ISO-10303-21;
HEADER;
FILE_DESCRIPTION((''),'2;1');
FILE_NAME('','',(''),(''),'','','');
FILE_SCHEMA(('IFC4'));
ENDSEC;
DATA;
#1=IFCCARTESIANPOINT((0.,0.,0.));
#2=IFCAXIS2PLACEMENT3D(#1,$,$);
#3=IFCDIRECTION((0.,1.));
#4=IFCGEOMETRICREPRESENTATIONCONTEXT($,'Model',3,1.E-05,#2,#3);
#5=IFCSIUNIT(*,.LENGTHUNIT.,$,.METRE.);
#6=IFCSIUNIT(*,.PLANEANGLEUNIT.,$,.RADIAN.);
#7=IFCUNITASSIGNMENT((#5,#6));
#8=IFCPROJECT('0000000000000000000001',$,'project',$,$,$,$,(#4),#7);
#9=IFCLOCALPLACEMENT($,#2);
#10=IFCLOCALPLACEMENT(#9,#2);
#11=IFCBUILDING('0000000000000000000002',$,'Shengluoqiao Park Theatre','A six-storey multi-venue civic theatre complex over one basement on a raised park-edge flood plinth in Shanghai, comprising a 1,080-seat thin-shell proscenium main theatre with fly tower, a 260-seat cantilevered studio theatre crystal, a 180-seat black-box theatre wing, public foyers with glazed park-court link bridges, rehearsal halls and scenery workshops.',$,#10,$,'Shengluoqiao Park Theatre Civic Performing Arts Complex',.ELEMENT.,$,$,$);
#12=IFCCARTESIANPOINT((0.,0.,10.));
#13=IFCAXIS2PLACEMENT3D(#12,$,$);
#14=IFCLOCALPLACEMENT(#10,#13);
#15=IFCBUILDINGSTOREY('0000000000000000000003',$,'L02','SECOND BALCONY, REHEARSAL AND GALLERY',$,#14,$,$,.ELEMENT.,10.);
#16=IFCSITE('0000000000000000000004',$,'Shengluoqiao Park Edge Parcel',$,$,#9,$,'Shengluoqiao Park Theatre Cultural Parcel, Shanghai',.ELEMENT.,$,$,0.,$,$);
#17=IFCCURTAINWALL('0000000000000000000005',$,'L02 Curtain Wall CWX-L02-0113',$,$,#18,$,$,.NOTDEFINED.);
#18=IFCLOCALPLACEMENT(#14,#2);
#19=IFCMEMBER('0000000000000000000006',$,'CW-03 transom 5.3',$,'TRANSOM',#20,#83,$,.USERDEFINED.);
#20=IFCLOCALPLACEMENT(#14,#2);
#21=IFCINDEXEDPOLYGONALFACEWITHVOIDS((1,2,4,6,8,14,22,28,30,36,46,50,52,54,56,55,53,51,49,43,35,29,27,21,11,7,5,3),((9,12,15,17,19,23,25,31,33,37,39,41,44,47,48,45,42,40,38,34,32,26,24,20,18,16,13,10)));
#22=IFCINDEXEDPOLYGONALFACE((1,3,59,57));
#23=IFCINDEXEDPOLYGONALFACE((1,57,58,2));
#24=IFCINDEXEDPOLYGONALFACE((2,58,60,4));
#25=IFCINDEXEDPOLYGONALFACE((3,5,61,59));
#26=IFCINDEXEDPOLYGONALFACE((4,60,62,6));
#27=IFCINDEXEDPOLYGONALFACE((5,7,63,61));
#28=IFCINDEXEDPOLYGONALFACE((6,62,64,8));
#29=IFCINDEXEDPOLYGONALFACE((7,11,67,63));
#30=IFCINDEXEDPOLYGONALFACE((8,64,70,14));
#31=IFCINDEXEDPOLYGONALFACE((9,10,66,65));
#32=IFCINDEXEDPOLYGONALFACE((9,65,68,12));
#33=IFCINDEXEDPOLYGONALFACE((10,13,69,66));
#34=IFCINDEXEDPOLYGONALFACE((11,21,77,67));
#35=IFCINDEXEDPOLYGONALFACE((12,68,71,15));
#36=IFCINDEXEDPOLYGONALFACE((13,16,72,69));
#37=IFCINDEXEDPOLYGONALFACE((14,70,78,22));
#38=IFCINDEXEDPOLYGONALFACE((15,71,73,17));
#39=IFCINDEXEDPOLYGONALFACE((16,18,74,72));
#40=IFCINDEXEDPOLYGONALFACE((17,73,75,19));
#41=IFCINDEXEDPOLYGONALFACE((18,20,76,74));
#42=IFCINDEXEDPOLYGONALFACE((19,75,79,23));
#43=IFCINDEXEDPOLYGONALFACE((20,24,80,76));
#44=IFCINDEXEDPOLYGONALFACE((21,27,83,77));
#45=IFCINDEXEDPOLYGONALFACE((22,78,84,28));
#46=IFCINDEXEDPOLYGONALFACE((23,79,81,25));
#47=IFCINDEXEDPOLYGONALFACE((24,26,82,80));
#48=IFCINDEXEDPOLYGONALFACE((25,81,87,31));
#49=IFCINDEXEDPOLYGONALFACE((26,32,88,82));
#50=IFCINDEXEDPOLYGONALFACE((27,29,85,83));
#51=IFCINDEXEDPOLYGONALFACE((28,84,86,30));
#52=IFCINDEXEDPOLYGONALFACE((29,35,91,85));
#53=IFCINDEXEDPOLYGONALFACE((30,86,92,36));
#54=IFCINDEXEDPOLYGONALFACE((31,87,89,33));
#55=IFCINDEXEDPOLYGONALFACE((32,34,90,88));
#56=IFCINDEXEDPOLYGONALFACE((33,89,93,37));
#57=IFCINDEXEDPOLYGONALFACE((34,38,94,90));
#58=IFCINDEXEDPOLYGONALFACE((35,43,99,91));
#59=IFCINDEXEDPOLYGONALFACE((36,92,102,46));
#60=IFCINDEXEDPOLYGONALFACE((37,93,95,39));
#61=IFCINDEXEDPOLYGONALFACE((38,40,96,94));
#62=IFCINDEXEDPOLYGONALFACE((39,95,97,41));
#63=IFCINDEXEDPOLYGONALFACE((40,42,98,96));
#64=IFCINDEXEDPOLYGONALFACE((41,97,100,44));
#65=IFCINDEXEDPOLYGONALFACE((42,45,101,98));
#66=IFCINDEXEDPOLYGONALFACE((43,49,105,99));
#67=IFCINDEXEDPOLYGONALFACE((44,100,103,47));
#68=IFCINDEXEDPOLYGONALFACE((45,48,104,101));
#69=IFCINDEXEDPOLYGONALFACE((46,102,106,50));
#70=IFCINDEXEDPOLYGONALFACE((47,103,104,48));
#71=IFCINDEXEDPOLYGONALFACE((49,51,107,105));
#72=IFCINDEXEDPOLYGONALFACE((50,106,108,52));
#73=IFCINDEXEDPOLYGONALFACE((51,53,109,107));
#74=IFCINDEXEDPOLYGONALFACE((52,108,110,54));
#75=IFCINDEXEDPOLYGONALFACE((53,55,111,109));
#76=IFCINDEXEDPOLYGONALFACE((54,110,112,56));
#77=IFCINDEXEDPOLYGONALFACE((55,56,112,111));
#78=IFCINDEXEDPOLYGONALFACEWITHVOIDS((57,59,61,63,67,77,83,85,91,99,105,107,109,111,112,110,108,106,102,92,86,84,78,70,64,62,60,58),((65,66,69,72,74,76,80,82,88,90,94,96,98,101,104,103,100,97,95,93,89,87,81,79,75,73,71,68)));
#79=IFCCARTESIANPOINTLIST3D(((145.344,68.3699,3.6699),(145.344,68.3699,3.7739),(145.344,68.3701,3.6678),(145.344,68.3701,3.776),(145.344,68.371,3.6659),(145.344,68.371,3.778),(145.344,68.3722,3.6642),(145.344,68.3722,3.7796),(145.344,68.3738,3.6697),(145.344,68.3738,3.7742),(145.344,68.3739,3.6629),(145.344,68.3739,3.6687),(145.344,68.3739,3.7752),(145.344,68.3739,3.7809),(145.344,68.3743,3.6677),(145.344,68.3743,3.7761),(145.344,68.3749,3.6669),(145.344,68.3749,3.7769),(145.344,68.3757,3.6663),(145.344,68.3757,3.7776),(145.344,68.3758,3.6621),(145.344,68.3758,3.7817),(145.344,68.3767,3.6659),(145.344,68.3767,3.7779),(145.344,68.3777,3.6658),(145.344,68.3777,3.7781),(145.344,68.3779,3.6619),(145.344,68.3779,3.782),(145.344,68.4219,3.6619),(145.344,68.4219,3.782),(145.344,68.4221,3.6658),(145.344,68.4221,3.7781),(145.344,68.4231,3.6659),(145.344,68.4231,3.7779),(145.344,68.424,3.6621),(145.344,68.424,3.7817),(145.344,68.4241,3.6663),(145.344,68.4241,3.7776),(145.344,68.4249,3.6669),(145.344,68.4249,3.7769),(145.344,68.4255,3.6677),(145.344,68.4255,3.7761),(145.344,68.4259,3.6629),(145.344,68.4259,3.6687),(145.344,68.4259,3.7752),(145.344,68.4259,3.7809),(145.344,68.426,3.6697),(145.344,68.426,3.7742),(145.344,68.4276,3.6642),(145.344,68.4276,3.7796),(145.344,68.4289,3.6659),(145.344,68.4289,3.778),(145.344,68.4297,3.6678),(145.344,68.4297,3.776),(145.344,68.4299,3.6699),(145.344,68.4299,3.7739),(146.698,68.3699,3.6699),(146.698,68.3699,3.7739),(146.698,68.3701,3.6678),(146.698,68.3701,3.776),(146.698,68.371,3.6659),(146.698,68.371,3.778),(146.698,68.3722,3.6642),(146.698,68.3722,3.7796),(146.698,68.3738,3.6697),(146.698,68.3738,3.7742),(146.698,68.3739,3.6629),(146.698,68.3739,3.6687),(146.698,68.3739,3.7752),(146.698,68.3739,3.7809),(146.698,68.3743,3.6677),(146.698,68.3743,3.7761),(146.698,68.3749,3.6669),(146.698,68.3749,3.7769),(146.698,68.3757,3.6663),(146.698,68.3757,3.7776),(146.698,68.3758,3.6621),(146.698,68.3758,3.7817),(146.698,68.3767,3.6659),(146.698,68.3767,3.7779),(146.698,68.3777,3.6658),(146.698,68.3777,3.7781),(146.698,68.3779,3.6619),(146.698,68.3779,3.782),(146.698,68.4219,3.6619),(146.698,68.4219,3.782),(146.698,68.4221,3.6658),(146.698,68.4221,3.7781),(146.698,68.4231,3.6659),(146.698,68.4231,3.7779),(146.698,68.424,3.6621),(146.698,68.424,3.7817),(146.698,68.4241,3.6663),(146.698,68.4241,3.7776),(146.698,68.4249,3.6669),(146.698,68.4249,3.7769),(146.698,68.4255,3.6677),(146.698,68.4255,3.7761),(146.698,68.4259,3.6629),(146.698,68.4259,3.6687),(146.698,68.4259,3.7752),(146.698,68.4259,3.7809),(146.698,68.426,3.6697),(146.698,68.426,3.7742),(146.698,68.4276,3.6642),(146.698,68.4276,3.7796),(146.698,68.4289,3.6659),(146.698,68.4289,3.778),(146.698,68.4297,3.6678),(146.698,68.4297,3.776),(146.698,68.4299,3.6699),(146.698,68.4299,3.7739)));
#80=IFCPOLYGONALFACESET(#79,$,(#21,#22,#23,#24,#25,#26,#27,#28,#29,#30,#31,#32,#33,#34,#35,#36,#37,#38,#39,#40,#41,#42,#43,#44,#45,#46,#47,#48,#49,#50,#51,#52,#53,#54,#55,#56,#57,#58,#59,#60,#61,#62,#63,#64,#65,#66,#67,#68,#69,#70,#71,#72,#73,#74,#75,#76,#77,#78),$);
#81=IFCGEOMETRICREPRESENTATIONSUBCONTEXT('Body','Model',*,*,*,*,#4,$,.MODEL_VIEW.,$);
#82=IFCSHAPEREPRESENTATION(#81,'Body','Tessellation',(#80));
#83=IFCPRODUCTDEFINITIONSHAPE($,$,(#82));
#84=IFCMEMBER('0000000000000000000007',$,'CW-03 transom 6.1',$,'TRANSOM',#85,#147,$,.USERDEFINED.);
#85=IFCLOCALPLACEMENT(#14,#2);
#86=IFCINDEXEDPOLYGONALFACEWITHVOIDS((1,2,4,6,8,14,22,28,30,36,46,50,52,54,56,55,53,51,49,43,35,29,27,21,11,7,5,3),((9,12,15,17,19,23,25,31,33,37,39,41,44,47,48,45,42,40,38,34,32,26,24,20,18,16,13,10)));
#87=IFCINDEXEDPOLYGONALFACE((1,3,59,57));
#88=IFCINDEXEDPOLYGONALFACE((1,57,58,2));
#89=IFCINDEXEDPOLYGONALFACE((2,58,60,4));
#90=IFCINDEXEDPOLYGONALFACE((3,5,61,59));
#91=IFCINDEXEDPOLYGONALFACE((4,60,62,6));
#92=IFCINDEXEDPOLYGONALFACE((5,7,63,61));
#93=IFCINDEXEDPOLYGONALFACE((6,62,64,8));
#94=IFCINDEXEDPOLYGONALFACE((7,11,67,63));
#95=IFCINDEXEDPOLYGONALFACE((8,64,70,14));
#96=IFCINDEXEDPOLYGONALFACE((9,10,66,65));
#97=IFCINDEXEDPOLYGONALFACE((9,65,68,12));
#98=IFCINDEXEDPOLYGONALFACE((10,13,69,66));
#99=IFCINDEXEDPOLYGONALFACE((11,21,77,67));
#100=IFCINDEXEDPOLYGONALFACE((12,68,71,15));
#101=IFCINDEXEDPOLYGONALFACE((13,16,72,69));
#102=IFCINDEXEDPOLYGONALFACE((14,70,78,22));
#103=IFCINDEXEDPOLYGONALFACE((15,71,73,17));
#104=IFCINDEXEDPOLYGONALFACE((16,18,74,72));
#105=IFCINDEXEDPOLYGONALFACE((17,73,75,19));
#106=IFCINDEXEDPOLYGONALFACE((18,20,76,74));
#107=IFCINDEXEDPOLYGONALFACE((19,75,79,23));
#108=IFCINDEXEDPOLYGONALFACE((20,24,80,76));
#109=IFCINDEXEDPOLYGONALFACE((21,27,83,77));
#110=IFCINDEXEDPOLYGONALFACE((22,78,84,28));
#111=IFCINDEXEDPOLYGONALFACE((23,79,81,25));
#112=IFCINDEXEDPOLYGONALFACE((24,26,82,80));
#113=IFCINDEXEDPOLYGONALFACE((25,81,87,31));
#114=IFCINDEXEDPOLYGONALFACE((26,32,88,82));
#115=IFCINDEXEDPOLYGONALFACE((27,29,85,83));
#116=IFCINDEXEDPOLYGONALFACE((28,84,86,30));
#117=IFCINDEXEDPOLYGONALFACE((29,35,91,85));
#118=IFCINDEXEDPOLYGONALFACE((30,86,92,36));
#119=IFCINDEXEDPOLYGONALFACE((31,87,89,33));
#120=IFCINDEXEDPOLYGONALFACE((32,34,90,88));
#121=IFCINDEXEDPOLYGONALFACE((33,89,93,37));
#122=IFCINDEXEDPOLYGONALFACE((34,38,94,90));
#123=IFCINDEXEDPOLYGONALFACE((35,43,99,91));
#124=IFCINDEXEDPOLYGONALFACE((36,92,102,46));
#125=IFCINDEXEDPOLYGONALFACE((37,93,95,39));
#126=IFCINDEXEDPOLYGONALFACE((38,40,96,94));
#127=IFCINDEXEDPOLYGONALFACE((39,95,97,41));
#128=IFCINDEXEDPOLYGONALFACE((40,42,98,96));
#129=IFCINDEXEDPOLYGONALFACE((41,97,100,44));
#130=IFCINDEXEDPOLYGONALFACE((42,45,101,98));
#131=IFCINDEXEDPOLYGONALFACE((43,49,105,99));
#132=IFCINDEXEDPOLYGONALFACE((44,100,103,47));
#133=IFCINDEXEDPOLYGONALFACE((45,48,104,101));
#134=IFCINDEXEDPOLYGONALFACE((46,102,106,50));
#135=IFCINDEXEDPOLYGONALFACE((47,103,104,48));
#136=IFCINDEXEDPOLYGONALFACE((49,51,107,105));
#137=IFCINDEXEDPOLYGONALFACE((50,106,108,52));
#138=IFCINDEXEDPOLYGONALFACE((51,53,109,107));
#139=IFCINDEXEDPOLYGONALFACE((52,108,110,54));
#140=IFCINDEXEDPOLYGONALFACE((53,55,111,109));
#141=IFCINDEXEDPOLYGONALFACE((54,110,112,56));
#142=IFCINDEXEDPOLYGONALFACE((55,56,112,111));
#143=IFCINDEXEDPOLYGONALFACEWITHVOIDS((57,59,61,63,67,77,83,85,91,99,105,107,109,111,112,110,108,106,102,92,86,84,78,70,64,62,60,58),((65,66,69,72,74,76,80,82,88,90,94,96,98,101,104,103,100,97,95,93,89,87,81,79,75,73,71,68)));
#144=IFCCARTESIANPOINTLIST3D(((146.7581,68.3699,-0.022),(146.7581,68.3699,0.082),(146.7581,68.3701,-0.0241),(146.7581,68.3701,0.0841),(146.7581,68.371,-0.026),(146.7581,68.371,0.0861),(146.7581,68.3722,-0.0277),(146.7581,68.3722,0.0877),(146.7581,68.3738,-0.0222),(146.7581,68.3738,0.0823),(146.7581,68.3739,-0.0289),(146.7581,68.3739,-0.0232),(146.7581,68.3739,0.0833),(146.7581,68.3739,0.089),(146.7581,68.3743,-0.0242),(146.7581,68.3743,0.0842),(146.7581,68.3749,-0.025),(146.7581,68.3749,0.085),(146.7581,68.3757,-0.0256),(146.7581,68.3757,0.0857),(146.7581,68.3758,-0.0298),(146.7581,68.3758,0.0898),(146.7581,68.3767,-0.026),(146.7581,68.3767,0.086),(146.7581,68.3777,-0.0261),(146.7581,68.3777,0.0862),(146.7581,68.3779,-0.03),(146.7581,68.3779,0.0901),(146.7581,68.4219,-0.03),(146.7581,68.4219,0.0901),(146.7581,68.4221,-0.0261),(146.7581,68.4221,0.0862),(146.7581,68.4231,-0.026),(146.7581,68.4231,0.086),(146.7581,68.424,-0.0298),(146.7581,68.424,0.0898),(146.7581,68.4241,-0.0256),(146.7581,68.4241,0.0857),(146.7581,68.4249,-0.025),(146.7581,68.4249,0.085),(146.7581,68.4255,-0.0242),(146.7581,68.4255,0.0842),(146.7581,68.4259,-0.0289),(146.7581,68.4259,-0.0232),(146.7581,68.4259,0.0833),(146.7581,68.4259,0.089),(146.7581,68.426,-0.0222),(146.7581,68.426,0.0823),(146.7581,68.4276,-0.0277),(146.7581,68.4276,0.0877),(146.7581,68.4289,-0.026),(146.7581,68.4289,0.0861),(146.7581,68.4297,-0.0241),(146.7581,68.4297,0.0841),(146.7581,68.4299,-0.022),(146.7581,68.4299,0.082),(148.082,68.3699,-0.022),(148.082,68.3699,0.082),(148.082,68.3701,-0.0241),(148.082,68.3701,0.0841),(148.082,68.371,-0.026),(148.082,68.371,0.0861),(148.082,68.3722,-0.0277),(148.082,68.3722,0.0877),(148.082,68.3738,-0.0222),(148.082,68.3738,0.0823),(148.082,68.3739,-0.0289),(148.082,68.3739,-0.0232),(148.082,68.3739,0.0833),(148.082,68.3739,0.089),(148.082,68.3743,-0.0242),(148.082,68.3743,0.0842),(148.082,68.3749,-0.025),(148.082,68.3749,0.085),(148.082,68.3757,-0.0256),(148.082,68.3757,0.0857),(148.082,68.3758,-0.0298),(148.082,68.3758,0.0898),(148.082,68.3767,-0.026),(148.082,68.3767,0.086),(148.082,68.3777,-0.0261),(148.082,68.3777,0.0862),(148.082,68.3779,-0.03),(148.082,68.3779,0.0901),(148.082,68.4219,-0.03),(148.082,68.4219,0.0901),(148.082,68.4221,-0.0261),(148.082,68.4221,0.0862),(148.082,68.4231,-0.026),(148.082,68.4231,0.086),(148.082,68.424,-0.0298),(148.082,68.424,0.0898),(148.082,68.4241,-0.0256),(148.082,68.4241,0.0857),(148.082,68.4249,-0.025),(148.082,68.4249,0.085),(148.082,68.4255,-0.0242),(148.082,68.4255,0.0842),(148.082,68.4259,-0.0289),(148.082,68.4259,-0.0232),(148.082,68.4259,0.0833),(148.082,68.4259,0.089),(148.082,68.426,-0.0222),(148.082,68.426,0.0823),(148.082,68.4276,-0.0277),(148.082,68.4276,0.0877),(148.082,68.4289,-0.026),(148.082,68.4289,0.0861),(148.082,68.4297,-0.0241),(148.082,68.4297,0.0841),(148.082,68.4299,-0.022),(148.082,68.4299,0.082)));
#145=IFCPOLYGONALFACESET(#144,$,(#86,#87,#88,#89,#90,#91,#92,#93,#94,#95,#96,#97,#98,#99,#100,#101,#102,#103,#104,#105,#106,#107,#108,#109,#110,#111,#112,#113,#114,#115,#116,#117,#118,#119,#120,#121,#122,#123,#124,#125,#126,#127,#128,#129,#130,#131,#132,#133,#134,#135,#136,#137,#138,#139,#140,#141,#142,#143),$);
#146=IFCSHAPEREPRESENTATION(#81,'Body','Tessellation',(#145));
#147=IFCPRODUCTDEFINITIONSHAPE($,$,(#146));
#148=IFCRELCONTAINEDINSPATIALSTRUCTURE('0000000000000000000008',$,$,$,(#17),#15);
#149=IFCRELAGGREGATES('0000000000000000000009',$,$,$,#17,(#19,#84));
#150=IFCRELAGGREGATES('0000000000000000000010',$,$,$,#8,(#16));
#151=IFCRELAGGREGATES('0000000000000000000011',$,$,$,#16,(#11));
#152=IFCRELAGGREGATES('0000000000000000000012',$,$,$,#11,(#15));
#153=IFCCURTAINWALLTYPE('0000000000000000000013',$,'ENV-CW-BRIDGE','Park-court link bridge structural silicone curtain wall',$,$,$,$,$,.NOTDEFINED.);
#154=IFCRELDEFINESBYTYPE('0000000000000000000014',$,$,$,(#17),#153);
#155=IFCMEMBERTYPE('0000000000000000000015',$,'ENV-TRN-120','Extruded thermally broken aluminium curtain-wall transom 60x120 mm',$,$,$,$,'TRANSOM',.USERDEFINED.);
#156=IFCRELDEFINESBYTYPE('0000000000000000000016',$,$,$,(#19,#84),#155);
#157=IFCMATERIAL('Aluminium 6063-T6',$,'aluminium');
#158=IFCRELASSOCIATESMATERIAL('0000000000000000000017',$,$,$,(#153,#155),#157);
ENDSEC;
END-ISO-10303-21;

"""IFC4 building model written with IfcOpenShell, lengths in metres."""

from ifc_helpers import new_model, si_unit, direction, frame, origin, origin_2d, place, context, subcontext, project, spatial, hollow_rectangle, extrude, material, material_profile, profile_set, type_object, element, aggregate, save


model = new_model("IFC4")

# Units and contexts
model_context = context("Model", 3, precision=1e-05, world=origin(), true_north=direction((0.0, 1.0)))
body_context = subcontext(model_context, "Body", "Model", "MODEL_VIEW")
ifc_project = project(units=[si_unit("LENGTHUNIT", "METRE"), si_unit("PLANEANGLEUNIT", "RADIAN")], contexts=[model_context])

# Site, building, storey
site_placement = place(None, origin())
site = spatial("IfcSite", under=ifc_project, at=site_placement, Name="Shengluoqiao Park Edge Parcel", LongName="Shengluoqiao Park Theatre Cultural Parcel, Shanghai", CompositionType="ELEMENT", RefElevation=0.0)
building_placement = place(site_placement, origin())
building = spatial("IfcBuilding", under=site, at=building_placement, Name="Shengluoqiao Park Theatre", Description="A six-storey multi-venue civic theatre complex over one basement on a raised park-edge flood plinth in Shanghai, comprising a 1,080-seat thin-shell proscenium main theatre with fly tower, a 260-seat cantilevered studio theatre crystal, a 180-seat black-box theatre wing, public foyers with glazed park-court link bridges, rehearsal halls and scenery workshops.", LongName="Shengluoqiao Park Theatre Civic Performing Arts Complex", CompositionType="ELEMENT")
storey_placement = place(building_placement, frame((0.0, 0.0, 10.0)))
storey = spatial("IfcBuildingStorey", under=building, at=storey_placement, Name="L02", Description="SECOND BALCONY, REHEARSAL AND GALLERY", CompositionType="ELEMENT", Elevation=10.0)

# Curtain wall, members
ifc_material_1 = material(Name="Aluminium 6063-T6", Category="aluminium")
curtain_wall_type = type_object("IfcCurtainWallType", Name="ENV-CW-BRIDGE", Description="Park-court link bridge structural silicone curtain wall", PredefinedType="NOTDEFINED", material=ifc_material_1)
curtain_wall_placement = place(storey_placement, origin())
curtain_wall = element("IfcCurtainWall", 1, at=curtain_wall_placement, inside=storey, type_object=curtain_wall_type, Name="L02 Curtain Wall CWX-L02-0113", PredefinedType="NOTDEFINED")
ifc_material_profile_1 = material_profile(ifc_material_1, hollow_rectangle(XDim=0.0601, YDim=0.1201, WallThickness=0.0039, InnerFilletRadius=0.0039, OuterFilletRadius=0.0081, at=origin_2d()), Name="ALU TRANSOM 120x60x4")
ifc_profile_set_1 = profile_set([ifc_material_profile_1], Name="Aluminium 6063-T6")
member_type_1 = type_object("IfcMemberType", Name="ENV-TRN-120", Description="Extruded thermally broken aluminium curtain-wall transom 60x120 mm", ElementType="TRANSOM", PredefinedType="USERDEFINED", material=ifc_profile_set_1)
member_1_placement = place(storey_placement, frame((145.344, 68.3999, 3.7219), z_axis=(1.0, 0.0, 0.0), x_axis=(0.0, 1.0, 0.0)))
member_1 = element("IfcMember", 2, at=member_1_placement, type_object=member_type_1, Name="CW-03 transom 5.3", ObjectType="TRANSOM", PredefinedType="USERDEFINED", context=body_context, shape_type="SweptSolid", body=[
    extrude(hollow_rectangle(XDim=0.0601, YDim=0.1201, WallThickness=0.0039, InnerFilletRadius=0.0039, OuterFilletRadius=0.0081, at=origin_2d()), origin(), (0.0, 0.0, 1.0), 1.354),
])
member_2_placement = place(storey_placement, frame((146.7581, 68.3999, 0.03), z_axis=(1.0, 0.0, 0.0), x_axis=(0.0, 1.0, 0.0)))
member_2 = element("IfcMember", 3, at=member_2_placement, type_object=member_type_1, Name="CW-03 transom 6.1", ObjectType="TRANSOM", PredefinedType="USERDEFINED", context=body_context, shape_type="SweptSolid", body=[
    extrude(hollow_rectangle(XDim=0.0601, YDim=0.1201, WallThickness=0.0039, InnerFilletRadius=0.0039, OuterFilletRadius=0.0081, at=origin_2d()), origin(), (0.0, 0.0, 1.0), 1.324),
])

aggregate(curtain_wall, [member_1, member_2])

save(model, "model.ifc")
